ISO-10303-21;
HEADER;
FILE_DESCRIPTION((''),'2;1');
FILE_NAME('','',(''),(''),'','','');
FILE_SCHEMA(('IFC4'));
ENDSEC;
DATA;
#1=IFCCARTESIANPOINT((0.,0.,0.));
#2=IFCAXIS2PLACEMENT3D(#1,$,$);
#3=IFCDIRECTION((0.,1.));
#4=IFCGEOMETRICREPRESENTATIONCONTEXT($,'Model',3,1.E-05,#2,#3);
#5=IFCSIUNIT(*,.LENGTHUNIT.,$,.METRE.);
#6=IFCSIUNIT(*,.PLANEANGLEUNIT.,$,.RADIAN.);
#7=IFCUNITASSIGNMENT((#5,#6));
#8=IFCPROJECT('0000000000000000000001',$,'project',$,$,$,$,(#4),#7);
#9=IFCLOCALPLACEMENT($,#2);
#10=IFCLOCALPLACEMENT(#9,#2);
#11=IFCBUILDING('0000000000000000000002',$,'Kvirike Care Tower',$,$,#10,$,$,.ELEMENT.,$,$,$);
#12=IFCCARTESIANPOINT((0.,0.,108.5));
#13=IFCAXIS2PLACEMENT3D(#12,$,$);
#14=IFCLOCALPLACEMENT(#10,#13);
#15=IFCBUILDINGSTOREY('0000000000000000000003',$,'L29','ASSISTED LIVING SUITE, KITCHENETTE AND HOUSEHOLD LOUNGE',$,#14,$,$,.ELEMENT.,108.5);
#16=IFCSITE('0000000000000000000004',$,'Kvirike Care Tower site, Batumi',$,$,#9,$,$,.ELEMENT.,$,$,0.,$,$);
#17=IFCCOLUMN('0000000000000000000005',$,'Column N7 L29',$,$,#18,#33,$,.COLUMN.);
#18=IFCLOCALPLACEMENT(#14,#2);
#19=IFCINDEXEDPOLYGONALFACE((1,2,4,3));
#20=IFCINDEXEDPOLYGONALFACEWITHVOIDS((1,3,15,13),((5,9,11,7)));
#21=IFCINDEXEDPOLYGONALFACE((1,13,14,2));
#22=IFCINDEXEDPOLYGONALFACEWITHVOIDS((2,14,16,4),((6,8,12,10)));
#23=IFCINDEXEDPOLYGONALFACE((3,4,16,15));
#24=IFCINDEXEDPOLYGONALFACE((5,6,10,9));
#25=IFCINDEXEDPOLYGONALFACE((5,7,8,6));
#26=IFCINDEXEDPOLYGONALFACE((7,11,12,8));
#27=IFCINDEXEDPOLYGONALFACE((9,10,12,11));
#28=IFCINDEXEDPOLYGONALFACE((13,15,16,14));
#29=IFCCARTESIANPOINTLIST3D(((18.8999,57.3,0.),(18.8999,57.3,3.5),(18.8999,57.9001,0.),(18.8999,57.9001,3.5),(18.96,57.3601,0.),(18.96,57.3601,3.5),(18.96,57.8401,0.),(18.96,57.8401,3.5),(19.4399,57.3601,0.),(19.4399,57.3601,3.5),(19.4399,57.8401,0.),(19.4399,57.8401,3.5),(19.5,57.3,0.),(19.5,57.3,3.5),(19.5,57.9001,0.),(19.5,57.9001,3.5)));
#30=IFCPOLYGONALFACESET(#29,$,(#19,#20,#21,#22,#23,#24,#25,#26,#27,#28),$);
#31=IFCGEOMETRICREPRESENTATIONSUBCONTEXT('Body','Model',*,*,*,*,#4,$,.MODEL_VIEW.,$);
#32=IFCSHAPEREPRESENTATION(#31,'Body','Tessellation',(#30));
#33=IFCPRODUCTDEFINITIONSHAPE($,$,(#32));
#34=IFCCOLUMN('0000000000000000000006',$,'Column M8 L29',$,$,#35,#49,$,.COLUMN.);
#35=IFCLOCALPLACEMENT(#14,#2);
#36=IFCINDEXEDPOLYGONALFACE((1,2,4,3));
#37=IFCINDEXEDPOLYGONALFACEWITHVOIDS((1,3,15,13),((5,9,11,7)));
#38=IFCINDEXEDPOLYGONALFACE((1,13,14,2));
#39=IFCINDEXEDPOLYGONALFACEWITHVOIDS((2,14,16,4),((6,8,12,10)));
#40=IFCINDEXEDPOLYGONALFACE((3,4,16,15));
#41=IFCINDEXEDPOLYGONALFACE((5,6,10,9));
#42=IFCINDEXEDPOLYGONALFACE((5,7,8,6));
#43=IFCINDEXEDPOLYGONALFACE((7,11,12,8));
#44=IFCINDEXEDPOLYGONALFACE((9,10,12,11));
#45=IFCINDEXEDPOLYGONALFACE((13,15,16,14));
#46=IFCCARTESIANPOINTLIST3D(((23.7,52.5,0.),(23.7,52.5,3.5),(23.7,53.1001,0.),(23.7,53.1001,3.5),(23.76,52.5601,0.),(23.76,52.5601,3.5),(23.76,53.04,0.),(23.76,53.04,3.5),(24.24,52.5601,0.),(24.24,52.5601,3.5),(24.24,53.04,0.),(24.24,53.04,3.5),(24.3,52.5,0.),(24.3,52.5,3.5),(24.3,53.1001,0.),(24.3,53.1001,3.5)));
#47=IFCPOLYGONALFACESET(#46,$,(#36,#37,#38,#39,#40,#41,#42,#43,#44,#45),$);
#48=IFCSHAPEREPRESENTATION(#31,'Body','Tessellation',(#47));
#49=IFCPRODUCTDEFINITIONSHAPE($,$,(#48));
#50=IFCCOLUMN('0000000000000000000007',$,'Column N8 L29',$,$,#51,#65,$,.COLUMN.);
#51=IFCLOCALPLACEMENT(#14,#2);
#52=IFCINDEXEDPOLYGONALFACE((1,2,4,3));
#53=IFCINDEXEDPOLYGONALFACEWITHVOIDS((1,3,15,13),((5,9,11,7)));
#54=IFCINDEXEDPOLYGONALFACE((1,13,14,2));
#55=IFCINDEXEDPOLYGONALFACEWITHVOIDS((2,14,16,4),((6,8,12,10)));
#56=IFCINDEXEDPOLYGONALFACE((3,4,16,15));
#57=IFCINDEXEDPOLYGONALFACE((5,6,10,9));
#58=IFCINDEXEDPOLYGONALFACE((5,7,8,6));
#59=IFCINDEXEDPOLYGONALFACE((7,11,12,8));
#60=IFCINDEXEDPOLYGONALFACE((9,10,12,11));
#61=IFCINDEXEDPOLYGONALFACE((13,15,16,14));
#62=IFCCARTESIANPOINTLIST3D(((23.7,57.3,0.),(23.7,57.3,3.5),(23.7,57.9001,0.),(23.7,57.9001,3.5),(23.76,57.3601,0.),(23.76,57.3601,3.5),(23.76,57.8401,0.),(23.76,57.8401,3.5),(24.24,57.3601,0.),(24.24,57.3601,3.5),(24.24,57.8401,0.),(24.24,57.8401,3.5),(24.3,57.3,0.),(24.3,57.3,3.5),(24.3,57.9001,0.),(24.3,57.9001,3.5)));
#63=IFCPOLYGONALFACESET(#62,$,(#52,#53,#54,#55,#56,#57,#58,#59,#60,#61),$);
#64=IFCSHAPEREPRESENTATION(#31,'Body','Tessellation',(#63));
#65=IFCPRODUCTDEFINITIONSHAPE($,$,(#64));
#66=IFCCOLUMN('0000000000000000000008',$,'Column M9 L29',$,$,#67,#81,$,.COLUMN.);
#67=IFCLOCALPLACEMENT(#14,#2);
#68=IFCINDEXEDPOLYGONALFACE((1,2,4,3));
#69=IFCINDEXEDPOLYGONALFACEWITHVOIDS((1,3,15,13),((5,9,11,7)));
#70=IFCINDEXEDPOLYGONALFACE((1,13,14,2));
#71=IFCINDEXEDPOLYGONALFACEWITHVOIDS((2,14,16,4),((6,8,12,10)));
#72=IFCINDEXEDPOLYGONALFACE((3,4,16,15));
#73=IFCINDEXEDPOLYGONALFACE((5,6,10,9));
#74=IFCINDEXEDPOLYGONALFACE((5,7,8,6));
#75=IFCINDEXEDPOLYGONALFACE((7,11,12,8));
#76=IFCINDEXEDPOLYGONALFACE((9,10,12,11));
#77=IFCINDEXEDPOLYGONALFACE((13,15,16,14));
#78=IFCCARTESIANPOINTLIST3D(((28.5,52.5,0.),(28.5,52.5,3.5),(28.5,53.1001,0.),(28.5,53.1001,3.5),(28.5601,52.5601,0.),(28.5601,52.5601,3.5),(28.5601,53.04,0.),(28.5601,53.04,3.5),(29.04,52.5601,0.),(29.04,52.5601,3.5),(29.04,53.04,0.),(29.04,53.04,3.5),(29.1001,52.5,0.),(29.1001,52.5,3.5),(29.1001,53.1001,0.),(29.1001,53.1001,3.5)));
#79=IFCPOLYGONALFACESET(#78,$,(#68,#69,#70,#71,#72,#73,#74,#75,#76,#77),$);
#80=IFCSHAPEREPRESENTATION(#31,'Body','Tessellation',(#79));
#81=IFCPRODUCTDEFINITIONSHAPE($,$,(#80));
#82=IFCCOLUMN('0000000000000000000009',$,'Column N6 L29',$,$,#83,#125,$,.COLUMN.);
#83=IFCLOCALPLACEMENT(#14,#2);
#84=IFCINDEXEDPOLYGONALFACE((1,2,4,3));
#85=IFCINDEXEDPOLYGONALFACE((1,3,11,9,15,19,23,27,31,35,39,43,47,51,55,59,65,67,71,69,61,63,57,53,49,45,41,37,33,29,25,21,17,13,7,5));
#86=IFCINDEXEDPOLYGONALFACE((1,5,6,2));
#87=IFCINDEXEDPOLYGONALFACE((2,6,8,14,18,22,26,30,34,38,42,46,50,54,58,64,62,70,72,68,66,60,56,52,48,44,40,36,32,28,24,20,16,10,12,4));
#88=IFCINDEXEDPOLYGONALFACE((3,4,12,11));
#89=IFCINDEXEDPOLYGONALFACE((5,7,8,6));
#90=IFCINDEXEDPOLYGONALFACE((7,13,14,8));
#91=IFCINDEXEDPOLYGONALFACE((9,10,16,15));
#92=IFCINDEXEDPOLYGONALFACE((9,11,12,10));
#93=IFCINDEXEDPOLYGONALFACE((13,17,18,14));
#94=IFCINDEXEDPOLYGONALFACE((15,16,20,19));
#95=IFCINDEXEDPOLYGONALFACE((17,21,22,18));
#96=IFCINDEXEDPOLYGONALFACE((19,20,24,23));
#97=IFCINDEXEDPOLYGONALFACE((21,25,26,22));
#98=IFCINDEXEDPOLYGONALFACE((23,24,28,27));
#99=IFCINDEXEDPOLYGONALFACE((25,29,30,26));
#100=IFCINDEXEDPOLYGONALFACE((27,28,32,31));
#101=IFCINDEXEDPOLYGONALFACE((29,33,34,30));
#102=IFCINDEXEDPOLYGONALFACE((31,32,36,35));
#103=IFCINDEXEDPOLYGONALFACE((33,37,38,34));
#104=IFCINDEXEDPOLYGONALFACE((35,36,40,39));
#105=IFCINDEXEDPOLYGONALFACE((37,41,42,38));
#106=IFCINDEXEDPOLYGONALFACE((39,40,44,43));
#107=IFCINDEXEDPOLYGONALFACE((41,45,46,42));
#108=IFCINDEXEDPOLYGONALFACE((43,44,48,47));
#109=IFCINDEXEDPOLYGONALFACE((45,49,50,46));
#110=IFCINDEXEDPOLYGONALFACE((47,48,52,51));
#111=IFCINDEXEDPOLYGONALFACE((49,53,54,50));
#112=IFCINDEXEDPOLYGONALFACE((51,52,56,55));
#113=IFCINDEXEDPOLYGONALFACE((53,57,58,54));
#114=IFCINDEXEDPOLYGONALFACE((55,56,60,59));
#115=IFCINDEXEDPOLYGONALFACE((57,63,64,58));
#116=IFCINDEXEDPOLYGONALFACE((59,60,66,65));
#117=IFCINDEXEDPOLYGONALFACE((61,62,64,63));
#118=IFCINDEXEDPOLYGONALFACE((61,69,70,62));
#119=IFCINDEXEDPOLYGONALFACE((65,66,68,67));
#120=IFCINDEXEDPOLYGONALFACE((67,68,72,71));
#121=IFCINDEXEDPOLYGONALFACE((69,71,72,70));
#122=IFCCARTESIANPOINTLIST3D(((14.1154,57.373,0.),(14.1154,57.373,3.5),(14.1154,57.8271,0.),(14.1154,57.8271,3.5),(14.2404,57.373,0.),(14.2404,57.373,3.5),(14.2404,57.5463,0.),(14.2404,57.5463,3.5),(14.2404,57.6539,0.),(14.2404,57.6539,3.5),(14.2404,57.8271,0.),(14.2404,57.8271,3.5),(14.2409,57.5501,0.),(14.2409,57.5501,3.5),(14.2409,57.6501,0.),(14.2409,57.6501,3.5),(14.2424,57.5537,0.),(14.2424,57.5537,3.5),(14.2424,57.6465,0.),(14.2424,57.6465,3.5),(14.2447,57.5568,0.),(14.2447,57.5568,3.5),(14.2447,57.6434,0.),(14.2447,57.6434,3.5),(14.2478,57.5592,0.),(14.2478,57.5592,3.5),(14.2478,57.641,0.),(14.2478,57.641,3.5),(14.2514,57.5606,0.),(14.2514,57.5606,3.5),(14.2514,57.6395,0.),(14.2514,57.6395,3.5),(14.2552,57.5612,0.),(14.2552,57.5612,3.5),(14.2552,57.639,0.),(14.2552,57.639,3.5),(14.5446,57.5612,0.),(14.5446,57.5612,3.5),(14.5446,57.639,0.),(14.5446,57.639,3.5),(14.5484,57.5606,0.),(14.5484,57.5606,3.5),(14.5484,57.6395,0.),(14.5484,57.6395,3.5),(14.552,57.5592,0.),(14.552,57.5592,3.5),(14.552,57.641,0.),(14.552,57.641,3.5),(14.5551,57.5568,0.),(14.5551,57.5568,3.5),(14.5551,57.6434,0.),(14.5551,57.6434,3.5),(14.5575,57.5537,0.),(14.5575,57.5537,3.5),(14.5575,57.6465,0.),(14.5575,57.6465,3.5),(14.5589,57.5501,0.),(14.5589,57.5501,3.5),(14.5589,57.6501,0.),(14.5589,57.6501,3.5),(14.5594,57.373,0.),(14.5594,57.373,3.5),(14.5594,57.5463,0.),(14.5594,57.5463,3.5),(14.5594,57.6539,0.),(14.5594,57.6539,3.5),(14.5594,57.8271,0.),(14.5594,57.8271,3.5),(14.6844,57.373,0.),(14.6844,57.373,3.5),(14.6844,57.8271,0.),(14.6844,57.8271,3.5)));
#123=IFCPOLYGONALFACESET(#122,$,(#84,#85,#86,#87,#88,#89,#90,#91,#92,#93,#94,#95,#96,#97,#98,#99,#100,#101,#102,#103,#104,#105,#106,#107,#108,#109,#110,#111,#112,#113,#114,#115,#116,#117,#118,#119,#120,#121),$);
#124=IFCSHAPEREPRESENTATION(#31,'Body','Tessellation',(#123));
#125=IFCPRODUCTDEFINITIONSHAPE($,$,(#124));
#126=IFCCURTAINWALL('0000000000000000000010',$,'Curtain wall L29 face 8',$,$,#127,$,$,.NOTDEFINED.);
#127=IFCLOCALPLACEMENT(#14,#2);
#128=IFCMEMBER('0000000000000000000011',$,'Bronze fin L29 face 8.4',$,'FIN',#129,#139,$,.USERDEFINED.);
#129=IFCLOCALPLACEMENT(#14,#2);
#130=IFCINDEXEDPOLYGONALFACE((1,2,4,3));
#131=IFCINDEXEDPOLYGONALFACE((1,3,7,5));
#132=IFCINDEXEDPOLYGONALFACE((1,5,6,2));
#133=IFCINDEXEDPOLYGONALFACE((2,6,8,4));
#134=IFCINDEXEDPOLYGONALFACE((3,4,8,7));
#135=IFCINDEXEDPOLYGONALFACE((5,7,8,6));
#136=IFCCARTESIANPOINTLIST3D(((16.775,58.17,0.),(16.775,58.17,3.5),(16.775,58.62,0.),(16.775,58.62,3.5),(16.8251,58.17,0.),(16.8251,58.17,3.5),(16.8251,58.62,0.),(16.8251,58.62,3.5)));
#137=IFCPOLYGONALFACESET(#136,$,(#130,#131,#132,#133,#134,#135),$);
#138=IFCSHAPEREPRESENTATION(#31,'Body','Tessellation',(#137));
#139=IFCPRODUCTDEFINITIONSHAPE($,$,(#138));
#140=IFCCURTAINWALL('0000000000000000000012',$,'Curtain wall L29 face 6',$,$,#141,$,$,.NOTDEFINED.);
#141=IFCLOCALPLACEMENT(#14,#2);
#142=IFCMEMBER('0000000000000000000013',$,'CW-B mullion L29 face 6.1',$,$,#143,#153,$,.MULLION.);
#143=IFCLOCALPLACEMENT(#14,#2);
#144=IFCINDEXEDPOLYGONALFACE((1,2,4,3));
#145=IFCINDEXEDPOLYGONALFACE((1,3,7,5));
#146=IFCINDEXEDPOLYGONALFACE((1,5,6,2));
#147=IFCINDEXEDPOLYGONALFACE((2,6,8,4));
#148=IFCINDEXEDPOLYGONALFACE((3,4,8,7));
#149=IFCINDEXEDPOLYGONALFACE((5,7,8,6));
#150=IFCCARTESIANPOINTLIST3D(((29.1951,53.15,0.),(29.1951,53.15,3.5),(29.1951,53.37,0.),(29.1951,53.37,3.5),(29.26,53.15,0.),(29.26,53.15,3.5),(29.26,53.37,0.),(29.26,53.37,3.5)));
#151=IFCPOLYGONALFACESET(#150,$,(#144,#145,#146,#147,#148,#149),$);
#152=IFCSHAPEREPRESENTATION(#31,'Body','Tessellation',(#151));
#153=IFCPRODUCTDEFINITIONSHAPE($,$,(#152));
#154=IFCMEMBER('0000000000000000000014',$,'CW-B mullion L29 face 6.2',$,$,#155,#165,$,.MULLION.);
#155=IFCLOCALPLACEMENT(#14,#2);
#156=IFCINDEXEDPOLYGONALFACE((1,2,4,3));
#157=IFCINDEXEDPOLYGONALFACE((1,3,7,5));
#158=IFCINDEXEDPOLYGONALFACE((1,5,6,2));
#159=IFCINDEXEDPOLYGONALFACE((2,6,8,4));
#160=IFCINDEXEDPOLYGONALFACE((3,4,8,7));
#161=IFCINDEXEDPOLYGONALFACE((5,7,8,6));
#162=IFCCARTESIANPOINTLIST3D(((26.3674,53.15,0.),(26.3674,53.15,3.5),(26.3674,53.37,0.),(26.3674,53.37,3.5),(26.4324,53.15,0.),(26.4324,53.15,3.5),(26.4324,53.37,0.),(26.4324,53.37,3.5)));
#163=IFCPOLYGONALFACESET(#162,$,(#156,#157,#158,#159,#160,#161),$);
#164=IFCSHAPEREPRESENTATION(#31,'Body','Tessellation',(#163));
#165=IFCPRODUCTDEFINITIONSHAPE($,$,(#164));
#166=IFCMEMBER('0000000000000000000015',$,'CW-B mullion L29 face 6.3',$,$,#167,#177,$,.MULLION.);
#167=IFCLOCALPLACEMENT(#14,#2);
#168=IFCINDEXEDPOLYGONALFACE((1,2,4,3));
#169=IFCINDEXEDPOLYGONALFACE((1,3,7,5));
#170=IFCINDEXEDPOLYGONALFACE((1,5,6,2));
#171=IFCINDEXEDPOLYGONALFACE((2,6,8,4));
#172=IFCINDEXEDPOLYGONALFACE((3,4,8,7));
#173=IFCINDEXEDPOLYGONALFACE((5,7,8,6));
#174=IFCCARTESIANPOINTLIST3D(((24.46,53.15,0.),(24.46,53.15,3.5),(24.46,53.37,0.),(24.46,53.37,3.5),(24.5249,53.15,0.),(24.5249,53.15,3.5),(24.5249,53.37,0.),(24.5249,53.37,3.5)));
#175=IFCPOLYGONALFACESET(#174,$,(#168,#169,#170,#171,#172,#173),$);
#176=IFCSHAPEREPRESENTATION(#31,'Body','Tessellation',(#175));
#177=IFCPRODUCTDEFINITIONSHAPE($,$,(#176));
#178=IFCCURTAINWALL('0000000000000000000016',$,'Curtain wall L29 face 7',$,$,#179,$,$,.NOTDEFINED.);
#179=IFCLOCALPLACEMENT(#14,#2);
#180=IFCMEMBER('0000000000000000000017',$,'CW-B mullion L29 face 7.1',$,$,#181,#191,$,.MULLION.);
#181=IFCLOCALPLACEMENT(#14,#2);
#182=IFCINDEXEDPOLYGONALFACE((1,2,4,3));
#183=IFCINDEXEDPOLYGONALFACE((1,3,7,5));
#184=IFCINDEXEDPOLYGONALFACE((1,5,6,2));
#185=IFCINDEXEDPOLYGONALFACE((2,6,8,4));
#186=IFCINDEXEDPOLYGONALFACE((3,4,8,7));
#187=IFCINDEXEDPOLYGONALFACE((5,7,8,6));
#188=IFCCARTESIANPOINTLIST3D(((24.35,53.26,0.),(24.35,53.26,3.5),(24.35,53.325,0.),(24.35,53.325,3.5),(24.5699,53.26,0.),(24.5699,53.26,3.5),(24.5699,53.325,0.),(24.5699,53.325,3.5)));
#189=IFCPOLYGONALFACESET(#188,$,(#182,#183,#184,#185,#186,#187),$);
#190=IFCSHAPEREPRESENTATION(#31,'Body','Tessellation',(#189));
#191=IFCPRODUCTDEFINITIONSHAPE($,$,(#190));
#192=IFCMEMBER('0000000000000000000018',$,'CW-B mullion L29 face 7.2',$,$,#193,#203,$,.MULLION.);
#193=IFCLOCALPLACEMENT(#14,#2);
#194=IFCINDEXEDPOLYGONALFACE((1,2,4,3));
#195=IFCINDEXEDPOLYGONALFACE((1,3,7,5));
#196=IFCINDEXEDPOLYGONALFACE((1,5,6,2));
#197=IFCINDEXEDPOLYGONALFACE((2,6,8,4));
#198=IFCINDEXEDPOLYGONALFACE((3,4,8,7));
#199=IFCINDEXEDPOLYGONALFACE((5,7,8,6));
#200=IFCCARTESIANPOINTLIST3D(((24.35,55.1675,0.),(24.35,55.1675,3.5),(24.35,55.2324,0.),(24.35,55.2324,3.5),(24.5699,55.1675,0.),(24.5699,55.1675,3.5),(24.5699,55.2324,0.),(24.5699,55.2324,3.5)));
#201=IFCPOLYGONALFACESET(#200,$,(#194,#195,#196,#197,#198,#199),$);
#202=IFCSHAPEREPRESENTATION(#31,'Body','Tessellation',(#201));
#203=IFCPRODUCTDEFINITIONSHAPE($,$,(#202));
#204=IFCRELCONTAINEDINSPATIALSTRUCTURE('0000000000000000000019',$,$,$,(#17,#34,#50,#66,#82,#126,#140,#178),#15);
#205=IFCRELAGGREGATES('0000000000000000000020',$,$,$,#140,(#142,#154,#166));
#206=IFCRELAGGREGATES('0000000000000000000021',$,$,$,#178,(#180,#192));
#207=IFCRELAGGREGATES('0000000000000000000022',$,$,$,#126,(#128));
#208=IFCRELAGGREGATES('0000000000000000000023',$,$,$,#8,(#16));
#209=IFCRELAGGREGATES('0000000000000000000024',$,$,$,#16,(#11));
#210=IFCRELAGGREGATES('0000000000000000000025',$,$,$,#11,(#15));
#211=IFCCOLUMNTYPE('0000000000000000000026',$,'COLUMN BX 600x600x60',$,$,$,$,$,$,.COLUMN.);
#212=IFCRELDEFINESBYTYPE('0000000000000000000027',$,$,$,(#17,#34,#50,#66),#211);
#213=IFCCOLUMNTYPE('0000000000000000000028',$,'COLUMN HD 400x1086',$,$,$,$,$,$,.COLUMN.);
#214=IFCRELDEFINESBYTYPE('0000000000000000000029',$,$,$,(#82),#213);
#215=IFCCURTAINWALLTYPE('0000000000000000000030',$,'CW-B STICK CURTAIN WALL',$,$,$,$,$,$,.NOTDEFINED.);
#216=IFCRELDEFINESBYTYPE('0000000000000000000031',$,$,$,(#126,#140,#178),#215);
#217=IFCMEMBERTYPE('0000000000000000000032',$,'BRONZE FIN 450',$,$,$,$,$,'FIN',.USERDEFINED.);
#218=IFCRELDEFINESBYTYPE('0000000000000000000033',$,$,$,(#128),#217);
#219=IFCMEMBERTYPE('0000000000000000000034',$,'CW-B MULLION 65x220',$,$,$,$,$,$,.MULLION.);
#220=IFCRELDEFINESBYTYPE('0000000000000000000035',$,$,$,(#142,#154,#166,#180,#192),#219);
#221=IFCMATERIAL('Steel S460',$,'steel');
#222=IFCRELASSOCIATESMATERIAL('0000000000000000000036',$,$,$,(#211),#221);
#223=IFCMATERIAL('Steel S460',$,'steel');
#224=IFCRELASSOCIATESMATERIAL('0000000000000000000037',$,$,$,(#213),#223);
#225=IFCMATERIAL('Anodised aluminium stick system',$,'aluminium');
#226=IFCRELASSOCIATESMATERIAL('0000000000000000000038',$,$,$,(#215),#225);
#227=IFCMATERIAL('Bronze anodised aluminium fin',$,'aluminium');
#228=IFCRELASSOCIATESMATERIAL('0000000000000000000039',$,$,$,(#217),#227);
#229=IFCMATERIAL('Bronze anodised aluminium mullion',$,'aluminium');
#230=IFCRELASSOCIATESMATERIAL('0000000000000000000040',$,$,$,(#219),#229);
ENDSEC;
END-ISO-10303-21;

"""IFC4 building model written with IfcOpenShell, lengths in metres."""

from ifc_helpers import new_model, si_unit, direction, frame, origin, origin_2d, place, context, subcontext, project, spatial, rectangle, hollow_rectangle, i_section, extrude, material, material_profile, profile_set, type_object, element, aggregate, save


model = new_model("IFC4")

# Units and contexts
model_context = context("Model", 3, precision=1e-05, world=origin(), true_north=direction((0.0, 1.0)))
body_context = subcontext(model_context, "Body", "Model", "MODEL_VIEW")
ifc_project = project(units=[si_unit("LENGTHUNIT", "METRE"), si_unit("PLANEANGLEUNIT", "RADIAN")], contexts=[model_context])

# Site, building, storey
site_placement = place(None, origin())
site = spatial("IfcSite", under=ifc_project, at=site_placement, Name="Kvirike Care Tower site, Batumi", CompositionType="ELEMENT", RefElevation=0.0)
building_placement = place(site_placement, origin())
building = spatial("IfcBuilding", under=site, at=building_placement, Name="Kvirike Care Tower", CompositionType="ELEMENT")
storey_placement = place(building_placement, frame((0.0, 0.0, 108.5)))
storey = spatial("IfcBuildingStorey", under=building, at=storey_placement, Name="L29", Description="ASSISTED LIVING SUITE, KITCHENETTE AND HOUSEHOLD LOUNGE", CompositionType="ELEMENT", Elevation=108.5)

# Columns
ifc_material_1 = material(Name="Steel S460", Category="steel")
ifc_material_profile_1 = material_profile(ifc_material_1, hollow_rectangle(XDim=0.6001, YDim=0.6001, WallThickness=0.0601, at=origin_2d()), Name="BX 600x600x60")
ifc_profile_set_1 = profile_set([ifc_material_profile_1], Name="Steel S460")
column_type_1 = type_object("IfcColumnType", Name="COLUMN BX 600x600x60", PredefinedType="COLUMN", material=ifc_profile_set_1)
for number, where, z_axis, x_axis, name in (
    (1, (19.2, 57.6001, 0.0), (0.0, 0.0, 1.0), (0.0, 1.0, 0.0), "Column N7 L29"),
    (2, (24.0, 52.8, 0.0), (0.0, 0.0, 1.0), (0.0, 1.0, 0.0), "Column M8 L29"),
    (3, (24.0, 57.6001, 0.0), (0.0, 0.0, 1.0), (0.0, 1.0, 0.0), "Column N8 L29"),
    (4, (28.8, 52.8, 0.0), (0.0, 0.0, 1.0), (0.0, 1.0, 0.0), "Column M9 L29"),
):
    element("IfcColumn", number, at=place(storey_placement, frame(where, z_axis=z_axis, x_axis=x_axis)), inside=storey, type_object=column_type_1, Name=name, PredefinedType="COLUMN", context=body_context, shape_type="SweptSolid", body=[
        extrude(hollow_rectangle(XDim=0.6001, YDim=0.6001, WallThickness=0.0601, at=origin_2d()), origin(), (0.0, 0.0, 1.0), 3.5),
    ])
ifc_material_2 = material(Name="Steel S460", Category="steel")
ifc_material_profile_2 = material_profile(ifc_material_2, i_section(OverallWidth=0.4541, OverallDepth=0.5691, WebThickness=0.0779, FlangeThickness=0.125, FilletRadius=0.0149, at=origin_2d()), Name="HD 400x1086")
ifc_profile_set_2 = profile_set([ifc_material_profile_2], Name="Steel S460")
column_type_2 = type_object("IfcColumnType", Name="COLUMN HD 400x1086", PredefinedType="COLUMN", material=ifc_profile_set_2)
column_placement = place(storey_placement, frame((14.3999, 57.6001, 0.0), z_axis=(0.0, 0.0, 1.0), x_axis=(0.0, 1.0, 0.0)))
element("IfcColumn", 5, at=column_placement, inside=storey, type_object=column_type_2, Name="Column N6 L29", PredefinedType="COLUMN", context=body_context, shape_type="SweptSolid", body=[
    extrude(i_section(OverallWidth=0.4541, OverallDepth=0.5691, WebThickness=0.0779, FlangeThickness=0.125, FilletRadius=0.0149, at=origin_2d()), origin(), (0.0, 0.0, 1.0), 3.5),
])

# Curtain wall, member
ifc_material_3 = material(Name="Anodised aluminium stick system", Category="aluminium")
curtain_wall_type = type_object("IfcCurtainWallType", Name="CW-B STICK CURTAIN WALL", PredefinedType="NOTDEFINED", material=ifc_material_3)
curtain_wall_1_placement = place(storey_placement, origin())
curtain_wall_1 = element("IfcCurtainWall", 6, at=curtain_wall_1_placement, inside=storey, type_object=curtain_wall_type, Name="Curtain wall L29 face 8", PredefinedType="NOTDEFINED")
ifc_material_4 = material(Name="Bronze anodised aluminium fin", Category="aluminium")
ifc_material_profile_3 = material_profile(ifc_material_4, rectangle(XDim=0.05, YDim=0.45, at=origin_2d()), Name="BRONZE FIN 450")
ifc_profile_set_3 = profile_set([ifc_material_profile_3], Name="Bronze anodised aluminium fin")
member_type_1 = type_object("IfcMemberType", Name="BRONZE FIN 450", ElementType="FIN", PredefinedType="USERDEFINED", material=ifc_profile_set_3)
member_1_placement = place(storey_placement, frame((16.8, 58.395, 0.0), z_axis=(0.0, 0.0, 1.0), x_axis=(-1.0, 0.0, 0.0)))
member_1 = element("IfcMember", 7, at=member_1_placement, type_object=member_type_1, Name="Bronze fin L29 face 8.4", ObjectType="FIN", PredefinedType="USERDEFINED", context=body_context, shape_type="SweptSolid", body=[
    extrude(rectangle(XDim=0.05, YDim=0.45, at=origin_2d()), origin(), (0.0, 0.0, 1.0), 3.5),
])

# Curtain walls, members
curtain_wall_2_placement = place(storey_placement, origin())
curtain_wall_2 = element("IfcCurtainWall", 8, at=curtain_wall_2_placement, inside=storey, type_object=curtain_wall_type, Name="Curtain wall L29 face 6", PredefinedType="NOTDEFINED")
ifc_material_5 = material(Name="Bronze anodised aluminium mullion", Category="aluminium")
ifc_material_profile_4 = material_profile(ifc_material_5, rectangle(XDim=0.0649, YDim=0.22, at=origin_2d()), Name="CW-B MULLION 65x220")
ifc_profile_set_4 = profile_set([ifc_material_profile_4], Name="Bronze anodised aluminium mullion")
member_type_2 = type_object("IfcMemberType", Name="CW-B MULLION 65x220", PredefinedType="MULLION", material=ifc_profile_set_4)
member_2_placement = place(storey_placement, frame((29.2275, 53.26, 0.0), z_axis=(0.0, 0.0, 1.0), x_axis=(-1.0, 0.0, 0.0)))
member_2 = element("IfcMember", 9, at=member_2_placement, type_object=member_type_2, Name="CW-B mullion L29 face 6.1", PredefinedType="MULLION", context=body_context, shape_type="SweptSolid", body=[
    extrude(rectangle(XDim=0.0649, YDim=0.22, at=origin_2d()), origin(), (0.0, 0.0, 1.0), 3.5),
])
member_3_placement = place(storey_placement, frame((26.3999, 53.26, 0.0), z_axis=(0.0, 0.0, 1.0), x_axis=(-1.0, 0.0, 0.0)))
member_3 = element("IfcMember", 10, at=member_3_placement, type_object=member_type_2, Name="CW-B mullion L29 face 6.2", PredefinedType="MULLION", context=body_context, shape_type="SweptSolid", body=[
    extrude(rectangle(XDim=0.0649, YDim=0.22, at=origin_2d()), origin(), (0.0, 0.0, 1.0), 3.5),
])
member_4_placement = place(storey_placement, frame((24.4924, 53.26, 0.0), z_axis=(0.0, 0.0, 1.0), x_axis=(-1.0, 0.0, 0.0)))
member_4 = element("IfcMember", 11, at=member_4_placement, type_object=member_type_2, Name="CW-B mullion L29 face 6.3", PredefinedType="MULLION", context=body_context, shape_type="SweptSolid", body=[
    extrude(rectangle(XDim=0.0649, YDim=0.22, at=origin_2d()), origin(), (0.0, 0.0, 1.0), 3.5),
])
curtain_wall_3_placement = place(storey_placement, origin())
curtain_wall_3 = element("IfcCurtainWall", 12, at=curtain_wall_3_placement, inside=storey, type_object=curtain_wall_type, Name="Curtain wall L29 face 7", PredefinedType="NOTDEFINED")
member_5_placement = place(storey_placement, frame((24.46, 53.2925, 0.0), z_axis=(0.0, 0.0, 1.0), x_axis=(0.0, 1.0, 0.0)))
member_5 = element("IfcMember", 13, at=member_5_placement, type_object=member_type_2, Name="CW-B mullion L29 face 7.1", PredefinedType="MULLION", context=body_context, shape_type="SweptSolid", body=[
    extrude(rectangle(XDim=0.0649, YDim=0.22, at=origin_2d()), origin(), (0.0, 0.0, 1.0), 3.5),
])
member_6_placement = place(storey_placement, frame((24.46, 55.2, 0.0), z_axis=(0.0, 0.0, 1.0), x_axis=(0.0, 1.0, 0.0)))
member_6 = element("IfcMember", 14, at=member_6_placement, type_object=member_type_2, Name="CW-B mullion L29 face 7.2", PredefinedType="MULLION", context=body_context, shape_type="SweptSolid", body=[
    extrude(rectangle(XDim=0.0649, YDim=0.22, at=origin_2d()), origin(), (0.0, 0.0, 1.0), 3.5),
])

aggregate(curtain_wall_2, [member_2, member_3, member_4])
aggregate(curtain_wall_3, [member_5, member_6])
aggregate(curtain_wall_1, [member_1])

save(model, "model.ifc")
